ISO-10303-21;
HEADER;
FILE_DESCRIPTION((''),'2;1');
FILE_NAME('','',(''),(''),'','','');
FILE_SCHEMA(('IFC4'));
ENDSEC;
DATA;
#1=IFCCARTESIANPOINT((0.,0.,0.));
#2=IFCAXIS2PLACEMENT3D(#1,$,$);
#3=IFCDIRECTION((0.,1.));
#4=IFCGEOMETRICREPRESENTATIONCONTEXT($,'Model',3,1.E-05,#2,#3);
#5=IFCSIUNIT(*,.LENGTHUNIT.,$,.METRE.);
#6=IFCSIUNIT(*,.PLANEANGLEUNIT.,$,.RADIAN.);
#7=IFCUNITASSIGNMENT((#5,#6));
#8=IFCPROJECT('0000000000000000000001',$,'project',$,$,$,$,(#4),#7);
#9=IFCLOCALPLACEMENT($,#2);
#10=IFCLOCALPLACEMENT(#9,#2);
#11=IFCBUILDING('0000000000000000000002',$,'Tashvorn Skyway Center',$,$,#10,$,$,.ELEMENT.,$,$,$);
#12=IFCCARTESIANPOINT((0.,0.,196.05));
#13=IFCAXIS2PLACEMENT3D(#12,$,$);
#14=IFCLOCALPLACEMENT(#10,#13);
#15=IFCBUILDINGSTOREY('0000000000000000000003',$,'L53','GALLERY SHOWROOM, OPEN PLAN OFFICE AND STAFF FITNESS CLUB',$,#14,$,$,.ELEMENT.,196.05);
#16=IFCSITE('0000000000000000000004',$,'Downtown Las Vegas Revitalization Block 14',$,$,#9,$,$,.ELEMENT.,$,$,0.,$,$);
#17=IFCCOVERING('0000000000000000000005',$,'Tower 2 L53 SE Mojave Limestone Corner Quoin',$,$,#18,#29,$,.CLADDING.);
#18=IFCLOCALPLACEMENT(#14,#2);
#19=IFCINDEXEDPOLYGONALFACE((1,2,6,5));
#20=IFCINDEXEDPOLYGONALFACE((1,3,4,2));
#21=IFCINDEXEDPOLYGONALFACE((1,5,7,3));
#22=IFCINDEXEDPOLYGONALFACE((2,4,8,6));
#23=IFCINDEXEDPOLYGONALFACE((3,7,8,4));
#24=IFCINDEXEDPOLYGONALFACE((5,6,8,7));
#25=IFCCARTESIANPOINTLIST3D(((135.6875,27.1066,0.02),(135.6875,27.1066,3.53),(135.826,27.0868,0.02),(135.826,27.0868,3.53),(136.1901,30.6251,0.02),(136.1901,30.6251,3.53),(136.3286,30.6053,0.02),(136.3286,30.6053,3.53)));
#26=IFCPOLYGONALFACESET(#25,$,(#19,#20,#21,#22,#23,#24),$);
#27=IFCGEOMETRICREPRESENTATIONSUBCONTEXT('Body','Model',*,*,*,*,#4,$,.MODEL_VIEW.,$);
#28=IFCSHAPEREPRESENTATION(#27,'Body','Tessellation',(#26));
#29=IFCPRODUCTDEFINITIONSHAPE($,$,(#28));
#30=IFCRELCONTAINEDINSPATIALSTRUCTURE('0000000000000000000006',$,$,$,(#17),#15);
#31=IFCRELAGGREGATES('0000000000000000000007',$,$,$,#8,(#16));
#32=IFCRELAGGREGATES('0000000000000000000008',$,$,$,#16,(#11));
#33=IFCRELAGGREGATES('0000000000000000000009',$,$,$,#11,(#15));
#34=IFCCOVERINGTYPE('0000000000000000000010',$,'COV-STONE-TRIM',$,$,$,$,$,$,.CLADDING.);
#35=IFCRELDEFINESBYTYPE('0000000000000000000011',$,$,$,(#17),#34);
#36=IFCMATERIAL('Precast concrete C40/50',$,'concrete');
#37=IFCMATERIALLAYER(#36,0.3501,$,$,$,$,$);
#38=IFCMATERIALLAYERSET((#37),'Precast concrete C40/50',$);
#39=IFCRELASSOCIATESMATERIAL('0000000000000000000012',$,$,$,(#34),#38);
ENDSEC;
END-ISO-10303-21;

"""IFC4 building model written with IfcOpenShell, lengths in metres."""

from ifc_helpers import new_model, si_unit, direction, frame, origin, origin_2d, place, context, subcontext, project, spatial, rectangle, extrude, material, layer, layer_set, type_object, element, save


model = new_model("IFC4")

# Units and contexts
model_context = context("Model", 3, precision=1e-05, world=origin(), true_north=direction((0.0, 1.0)))
body_context = subcontext(model_context, "Body", "Model", "MODEL_VIEW")
ifc_project = project(units=[si_unit("LENGTHUNIT", "METRE"), si_unit("PLANEANGLEUNIT", "RADIAN")], contexts=[model_context])

# Site, building, storey
site_placement = place(None, origin())
site = spatial("IfcSite", under=ifc_project, at=site_placement, Name="Downtown Las Vegas Revitalization Block 14", CompositionType="ELEMENT", RefElevation=0.0)
building_placement = place(site_placement, origin())
building = spatial("IfcBuilding", under=site, at=building_placement, Name="Tashvorn Skyway Center", CompositionType="ELEMENT")
storey_placement = place(building_placement, frame((0.0, 0.0, 196.05)))
storey = spatial("IfcBuildingStorey", under=building, at=storey_placement, Name="L53", Description="GALLERY SHOWROOM, OPEN PLAN OFFICE AND STAFF FITNESS CLUB", CompositionType="ELEMENT", Elevation=196.05)

# Shared definitions
ifc_material_1 = material(Name="Precast concrete C40/50", Category="concrete")

# Covering
ifc_layer_1 = layer(ifc_material_1, 0.3501)
ifc_layer_set_1 = layer_set([ifc_layer_1], Name="Precast concrete C40/50")
covering_type = type_object("IfcCoveringType", Name="COV-STONE-TRIM", PredefinedType="CLADDING", material=ifc_layer_set_1)
covering_placement = place(storey_placement, frame((136.0081, 28.856, 0.02), z_axis=(0.0, 0.0, 1.0), x_axis=(0.141421, 0.989949, 0.0)))
element("IfcCovering", 1, at=covering_placement, inside=storey, type_object=covering_type, Name="Tower 2 L53 SE Mojave Limestone Corner Quoin", PredefinedType="CLADDING", context=body_context, shape_type="SweptSolid", body=[
    extrude(rectangle(XDim=3.5542, YDim=0.1399, at=origin_2d()), origin(), (0.0, 0.0, 1.0), 3.51),
])

save(model, "model.ifc")
